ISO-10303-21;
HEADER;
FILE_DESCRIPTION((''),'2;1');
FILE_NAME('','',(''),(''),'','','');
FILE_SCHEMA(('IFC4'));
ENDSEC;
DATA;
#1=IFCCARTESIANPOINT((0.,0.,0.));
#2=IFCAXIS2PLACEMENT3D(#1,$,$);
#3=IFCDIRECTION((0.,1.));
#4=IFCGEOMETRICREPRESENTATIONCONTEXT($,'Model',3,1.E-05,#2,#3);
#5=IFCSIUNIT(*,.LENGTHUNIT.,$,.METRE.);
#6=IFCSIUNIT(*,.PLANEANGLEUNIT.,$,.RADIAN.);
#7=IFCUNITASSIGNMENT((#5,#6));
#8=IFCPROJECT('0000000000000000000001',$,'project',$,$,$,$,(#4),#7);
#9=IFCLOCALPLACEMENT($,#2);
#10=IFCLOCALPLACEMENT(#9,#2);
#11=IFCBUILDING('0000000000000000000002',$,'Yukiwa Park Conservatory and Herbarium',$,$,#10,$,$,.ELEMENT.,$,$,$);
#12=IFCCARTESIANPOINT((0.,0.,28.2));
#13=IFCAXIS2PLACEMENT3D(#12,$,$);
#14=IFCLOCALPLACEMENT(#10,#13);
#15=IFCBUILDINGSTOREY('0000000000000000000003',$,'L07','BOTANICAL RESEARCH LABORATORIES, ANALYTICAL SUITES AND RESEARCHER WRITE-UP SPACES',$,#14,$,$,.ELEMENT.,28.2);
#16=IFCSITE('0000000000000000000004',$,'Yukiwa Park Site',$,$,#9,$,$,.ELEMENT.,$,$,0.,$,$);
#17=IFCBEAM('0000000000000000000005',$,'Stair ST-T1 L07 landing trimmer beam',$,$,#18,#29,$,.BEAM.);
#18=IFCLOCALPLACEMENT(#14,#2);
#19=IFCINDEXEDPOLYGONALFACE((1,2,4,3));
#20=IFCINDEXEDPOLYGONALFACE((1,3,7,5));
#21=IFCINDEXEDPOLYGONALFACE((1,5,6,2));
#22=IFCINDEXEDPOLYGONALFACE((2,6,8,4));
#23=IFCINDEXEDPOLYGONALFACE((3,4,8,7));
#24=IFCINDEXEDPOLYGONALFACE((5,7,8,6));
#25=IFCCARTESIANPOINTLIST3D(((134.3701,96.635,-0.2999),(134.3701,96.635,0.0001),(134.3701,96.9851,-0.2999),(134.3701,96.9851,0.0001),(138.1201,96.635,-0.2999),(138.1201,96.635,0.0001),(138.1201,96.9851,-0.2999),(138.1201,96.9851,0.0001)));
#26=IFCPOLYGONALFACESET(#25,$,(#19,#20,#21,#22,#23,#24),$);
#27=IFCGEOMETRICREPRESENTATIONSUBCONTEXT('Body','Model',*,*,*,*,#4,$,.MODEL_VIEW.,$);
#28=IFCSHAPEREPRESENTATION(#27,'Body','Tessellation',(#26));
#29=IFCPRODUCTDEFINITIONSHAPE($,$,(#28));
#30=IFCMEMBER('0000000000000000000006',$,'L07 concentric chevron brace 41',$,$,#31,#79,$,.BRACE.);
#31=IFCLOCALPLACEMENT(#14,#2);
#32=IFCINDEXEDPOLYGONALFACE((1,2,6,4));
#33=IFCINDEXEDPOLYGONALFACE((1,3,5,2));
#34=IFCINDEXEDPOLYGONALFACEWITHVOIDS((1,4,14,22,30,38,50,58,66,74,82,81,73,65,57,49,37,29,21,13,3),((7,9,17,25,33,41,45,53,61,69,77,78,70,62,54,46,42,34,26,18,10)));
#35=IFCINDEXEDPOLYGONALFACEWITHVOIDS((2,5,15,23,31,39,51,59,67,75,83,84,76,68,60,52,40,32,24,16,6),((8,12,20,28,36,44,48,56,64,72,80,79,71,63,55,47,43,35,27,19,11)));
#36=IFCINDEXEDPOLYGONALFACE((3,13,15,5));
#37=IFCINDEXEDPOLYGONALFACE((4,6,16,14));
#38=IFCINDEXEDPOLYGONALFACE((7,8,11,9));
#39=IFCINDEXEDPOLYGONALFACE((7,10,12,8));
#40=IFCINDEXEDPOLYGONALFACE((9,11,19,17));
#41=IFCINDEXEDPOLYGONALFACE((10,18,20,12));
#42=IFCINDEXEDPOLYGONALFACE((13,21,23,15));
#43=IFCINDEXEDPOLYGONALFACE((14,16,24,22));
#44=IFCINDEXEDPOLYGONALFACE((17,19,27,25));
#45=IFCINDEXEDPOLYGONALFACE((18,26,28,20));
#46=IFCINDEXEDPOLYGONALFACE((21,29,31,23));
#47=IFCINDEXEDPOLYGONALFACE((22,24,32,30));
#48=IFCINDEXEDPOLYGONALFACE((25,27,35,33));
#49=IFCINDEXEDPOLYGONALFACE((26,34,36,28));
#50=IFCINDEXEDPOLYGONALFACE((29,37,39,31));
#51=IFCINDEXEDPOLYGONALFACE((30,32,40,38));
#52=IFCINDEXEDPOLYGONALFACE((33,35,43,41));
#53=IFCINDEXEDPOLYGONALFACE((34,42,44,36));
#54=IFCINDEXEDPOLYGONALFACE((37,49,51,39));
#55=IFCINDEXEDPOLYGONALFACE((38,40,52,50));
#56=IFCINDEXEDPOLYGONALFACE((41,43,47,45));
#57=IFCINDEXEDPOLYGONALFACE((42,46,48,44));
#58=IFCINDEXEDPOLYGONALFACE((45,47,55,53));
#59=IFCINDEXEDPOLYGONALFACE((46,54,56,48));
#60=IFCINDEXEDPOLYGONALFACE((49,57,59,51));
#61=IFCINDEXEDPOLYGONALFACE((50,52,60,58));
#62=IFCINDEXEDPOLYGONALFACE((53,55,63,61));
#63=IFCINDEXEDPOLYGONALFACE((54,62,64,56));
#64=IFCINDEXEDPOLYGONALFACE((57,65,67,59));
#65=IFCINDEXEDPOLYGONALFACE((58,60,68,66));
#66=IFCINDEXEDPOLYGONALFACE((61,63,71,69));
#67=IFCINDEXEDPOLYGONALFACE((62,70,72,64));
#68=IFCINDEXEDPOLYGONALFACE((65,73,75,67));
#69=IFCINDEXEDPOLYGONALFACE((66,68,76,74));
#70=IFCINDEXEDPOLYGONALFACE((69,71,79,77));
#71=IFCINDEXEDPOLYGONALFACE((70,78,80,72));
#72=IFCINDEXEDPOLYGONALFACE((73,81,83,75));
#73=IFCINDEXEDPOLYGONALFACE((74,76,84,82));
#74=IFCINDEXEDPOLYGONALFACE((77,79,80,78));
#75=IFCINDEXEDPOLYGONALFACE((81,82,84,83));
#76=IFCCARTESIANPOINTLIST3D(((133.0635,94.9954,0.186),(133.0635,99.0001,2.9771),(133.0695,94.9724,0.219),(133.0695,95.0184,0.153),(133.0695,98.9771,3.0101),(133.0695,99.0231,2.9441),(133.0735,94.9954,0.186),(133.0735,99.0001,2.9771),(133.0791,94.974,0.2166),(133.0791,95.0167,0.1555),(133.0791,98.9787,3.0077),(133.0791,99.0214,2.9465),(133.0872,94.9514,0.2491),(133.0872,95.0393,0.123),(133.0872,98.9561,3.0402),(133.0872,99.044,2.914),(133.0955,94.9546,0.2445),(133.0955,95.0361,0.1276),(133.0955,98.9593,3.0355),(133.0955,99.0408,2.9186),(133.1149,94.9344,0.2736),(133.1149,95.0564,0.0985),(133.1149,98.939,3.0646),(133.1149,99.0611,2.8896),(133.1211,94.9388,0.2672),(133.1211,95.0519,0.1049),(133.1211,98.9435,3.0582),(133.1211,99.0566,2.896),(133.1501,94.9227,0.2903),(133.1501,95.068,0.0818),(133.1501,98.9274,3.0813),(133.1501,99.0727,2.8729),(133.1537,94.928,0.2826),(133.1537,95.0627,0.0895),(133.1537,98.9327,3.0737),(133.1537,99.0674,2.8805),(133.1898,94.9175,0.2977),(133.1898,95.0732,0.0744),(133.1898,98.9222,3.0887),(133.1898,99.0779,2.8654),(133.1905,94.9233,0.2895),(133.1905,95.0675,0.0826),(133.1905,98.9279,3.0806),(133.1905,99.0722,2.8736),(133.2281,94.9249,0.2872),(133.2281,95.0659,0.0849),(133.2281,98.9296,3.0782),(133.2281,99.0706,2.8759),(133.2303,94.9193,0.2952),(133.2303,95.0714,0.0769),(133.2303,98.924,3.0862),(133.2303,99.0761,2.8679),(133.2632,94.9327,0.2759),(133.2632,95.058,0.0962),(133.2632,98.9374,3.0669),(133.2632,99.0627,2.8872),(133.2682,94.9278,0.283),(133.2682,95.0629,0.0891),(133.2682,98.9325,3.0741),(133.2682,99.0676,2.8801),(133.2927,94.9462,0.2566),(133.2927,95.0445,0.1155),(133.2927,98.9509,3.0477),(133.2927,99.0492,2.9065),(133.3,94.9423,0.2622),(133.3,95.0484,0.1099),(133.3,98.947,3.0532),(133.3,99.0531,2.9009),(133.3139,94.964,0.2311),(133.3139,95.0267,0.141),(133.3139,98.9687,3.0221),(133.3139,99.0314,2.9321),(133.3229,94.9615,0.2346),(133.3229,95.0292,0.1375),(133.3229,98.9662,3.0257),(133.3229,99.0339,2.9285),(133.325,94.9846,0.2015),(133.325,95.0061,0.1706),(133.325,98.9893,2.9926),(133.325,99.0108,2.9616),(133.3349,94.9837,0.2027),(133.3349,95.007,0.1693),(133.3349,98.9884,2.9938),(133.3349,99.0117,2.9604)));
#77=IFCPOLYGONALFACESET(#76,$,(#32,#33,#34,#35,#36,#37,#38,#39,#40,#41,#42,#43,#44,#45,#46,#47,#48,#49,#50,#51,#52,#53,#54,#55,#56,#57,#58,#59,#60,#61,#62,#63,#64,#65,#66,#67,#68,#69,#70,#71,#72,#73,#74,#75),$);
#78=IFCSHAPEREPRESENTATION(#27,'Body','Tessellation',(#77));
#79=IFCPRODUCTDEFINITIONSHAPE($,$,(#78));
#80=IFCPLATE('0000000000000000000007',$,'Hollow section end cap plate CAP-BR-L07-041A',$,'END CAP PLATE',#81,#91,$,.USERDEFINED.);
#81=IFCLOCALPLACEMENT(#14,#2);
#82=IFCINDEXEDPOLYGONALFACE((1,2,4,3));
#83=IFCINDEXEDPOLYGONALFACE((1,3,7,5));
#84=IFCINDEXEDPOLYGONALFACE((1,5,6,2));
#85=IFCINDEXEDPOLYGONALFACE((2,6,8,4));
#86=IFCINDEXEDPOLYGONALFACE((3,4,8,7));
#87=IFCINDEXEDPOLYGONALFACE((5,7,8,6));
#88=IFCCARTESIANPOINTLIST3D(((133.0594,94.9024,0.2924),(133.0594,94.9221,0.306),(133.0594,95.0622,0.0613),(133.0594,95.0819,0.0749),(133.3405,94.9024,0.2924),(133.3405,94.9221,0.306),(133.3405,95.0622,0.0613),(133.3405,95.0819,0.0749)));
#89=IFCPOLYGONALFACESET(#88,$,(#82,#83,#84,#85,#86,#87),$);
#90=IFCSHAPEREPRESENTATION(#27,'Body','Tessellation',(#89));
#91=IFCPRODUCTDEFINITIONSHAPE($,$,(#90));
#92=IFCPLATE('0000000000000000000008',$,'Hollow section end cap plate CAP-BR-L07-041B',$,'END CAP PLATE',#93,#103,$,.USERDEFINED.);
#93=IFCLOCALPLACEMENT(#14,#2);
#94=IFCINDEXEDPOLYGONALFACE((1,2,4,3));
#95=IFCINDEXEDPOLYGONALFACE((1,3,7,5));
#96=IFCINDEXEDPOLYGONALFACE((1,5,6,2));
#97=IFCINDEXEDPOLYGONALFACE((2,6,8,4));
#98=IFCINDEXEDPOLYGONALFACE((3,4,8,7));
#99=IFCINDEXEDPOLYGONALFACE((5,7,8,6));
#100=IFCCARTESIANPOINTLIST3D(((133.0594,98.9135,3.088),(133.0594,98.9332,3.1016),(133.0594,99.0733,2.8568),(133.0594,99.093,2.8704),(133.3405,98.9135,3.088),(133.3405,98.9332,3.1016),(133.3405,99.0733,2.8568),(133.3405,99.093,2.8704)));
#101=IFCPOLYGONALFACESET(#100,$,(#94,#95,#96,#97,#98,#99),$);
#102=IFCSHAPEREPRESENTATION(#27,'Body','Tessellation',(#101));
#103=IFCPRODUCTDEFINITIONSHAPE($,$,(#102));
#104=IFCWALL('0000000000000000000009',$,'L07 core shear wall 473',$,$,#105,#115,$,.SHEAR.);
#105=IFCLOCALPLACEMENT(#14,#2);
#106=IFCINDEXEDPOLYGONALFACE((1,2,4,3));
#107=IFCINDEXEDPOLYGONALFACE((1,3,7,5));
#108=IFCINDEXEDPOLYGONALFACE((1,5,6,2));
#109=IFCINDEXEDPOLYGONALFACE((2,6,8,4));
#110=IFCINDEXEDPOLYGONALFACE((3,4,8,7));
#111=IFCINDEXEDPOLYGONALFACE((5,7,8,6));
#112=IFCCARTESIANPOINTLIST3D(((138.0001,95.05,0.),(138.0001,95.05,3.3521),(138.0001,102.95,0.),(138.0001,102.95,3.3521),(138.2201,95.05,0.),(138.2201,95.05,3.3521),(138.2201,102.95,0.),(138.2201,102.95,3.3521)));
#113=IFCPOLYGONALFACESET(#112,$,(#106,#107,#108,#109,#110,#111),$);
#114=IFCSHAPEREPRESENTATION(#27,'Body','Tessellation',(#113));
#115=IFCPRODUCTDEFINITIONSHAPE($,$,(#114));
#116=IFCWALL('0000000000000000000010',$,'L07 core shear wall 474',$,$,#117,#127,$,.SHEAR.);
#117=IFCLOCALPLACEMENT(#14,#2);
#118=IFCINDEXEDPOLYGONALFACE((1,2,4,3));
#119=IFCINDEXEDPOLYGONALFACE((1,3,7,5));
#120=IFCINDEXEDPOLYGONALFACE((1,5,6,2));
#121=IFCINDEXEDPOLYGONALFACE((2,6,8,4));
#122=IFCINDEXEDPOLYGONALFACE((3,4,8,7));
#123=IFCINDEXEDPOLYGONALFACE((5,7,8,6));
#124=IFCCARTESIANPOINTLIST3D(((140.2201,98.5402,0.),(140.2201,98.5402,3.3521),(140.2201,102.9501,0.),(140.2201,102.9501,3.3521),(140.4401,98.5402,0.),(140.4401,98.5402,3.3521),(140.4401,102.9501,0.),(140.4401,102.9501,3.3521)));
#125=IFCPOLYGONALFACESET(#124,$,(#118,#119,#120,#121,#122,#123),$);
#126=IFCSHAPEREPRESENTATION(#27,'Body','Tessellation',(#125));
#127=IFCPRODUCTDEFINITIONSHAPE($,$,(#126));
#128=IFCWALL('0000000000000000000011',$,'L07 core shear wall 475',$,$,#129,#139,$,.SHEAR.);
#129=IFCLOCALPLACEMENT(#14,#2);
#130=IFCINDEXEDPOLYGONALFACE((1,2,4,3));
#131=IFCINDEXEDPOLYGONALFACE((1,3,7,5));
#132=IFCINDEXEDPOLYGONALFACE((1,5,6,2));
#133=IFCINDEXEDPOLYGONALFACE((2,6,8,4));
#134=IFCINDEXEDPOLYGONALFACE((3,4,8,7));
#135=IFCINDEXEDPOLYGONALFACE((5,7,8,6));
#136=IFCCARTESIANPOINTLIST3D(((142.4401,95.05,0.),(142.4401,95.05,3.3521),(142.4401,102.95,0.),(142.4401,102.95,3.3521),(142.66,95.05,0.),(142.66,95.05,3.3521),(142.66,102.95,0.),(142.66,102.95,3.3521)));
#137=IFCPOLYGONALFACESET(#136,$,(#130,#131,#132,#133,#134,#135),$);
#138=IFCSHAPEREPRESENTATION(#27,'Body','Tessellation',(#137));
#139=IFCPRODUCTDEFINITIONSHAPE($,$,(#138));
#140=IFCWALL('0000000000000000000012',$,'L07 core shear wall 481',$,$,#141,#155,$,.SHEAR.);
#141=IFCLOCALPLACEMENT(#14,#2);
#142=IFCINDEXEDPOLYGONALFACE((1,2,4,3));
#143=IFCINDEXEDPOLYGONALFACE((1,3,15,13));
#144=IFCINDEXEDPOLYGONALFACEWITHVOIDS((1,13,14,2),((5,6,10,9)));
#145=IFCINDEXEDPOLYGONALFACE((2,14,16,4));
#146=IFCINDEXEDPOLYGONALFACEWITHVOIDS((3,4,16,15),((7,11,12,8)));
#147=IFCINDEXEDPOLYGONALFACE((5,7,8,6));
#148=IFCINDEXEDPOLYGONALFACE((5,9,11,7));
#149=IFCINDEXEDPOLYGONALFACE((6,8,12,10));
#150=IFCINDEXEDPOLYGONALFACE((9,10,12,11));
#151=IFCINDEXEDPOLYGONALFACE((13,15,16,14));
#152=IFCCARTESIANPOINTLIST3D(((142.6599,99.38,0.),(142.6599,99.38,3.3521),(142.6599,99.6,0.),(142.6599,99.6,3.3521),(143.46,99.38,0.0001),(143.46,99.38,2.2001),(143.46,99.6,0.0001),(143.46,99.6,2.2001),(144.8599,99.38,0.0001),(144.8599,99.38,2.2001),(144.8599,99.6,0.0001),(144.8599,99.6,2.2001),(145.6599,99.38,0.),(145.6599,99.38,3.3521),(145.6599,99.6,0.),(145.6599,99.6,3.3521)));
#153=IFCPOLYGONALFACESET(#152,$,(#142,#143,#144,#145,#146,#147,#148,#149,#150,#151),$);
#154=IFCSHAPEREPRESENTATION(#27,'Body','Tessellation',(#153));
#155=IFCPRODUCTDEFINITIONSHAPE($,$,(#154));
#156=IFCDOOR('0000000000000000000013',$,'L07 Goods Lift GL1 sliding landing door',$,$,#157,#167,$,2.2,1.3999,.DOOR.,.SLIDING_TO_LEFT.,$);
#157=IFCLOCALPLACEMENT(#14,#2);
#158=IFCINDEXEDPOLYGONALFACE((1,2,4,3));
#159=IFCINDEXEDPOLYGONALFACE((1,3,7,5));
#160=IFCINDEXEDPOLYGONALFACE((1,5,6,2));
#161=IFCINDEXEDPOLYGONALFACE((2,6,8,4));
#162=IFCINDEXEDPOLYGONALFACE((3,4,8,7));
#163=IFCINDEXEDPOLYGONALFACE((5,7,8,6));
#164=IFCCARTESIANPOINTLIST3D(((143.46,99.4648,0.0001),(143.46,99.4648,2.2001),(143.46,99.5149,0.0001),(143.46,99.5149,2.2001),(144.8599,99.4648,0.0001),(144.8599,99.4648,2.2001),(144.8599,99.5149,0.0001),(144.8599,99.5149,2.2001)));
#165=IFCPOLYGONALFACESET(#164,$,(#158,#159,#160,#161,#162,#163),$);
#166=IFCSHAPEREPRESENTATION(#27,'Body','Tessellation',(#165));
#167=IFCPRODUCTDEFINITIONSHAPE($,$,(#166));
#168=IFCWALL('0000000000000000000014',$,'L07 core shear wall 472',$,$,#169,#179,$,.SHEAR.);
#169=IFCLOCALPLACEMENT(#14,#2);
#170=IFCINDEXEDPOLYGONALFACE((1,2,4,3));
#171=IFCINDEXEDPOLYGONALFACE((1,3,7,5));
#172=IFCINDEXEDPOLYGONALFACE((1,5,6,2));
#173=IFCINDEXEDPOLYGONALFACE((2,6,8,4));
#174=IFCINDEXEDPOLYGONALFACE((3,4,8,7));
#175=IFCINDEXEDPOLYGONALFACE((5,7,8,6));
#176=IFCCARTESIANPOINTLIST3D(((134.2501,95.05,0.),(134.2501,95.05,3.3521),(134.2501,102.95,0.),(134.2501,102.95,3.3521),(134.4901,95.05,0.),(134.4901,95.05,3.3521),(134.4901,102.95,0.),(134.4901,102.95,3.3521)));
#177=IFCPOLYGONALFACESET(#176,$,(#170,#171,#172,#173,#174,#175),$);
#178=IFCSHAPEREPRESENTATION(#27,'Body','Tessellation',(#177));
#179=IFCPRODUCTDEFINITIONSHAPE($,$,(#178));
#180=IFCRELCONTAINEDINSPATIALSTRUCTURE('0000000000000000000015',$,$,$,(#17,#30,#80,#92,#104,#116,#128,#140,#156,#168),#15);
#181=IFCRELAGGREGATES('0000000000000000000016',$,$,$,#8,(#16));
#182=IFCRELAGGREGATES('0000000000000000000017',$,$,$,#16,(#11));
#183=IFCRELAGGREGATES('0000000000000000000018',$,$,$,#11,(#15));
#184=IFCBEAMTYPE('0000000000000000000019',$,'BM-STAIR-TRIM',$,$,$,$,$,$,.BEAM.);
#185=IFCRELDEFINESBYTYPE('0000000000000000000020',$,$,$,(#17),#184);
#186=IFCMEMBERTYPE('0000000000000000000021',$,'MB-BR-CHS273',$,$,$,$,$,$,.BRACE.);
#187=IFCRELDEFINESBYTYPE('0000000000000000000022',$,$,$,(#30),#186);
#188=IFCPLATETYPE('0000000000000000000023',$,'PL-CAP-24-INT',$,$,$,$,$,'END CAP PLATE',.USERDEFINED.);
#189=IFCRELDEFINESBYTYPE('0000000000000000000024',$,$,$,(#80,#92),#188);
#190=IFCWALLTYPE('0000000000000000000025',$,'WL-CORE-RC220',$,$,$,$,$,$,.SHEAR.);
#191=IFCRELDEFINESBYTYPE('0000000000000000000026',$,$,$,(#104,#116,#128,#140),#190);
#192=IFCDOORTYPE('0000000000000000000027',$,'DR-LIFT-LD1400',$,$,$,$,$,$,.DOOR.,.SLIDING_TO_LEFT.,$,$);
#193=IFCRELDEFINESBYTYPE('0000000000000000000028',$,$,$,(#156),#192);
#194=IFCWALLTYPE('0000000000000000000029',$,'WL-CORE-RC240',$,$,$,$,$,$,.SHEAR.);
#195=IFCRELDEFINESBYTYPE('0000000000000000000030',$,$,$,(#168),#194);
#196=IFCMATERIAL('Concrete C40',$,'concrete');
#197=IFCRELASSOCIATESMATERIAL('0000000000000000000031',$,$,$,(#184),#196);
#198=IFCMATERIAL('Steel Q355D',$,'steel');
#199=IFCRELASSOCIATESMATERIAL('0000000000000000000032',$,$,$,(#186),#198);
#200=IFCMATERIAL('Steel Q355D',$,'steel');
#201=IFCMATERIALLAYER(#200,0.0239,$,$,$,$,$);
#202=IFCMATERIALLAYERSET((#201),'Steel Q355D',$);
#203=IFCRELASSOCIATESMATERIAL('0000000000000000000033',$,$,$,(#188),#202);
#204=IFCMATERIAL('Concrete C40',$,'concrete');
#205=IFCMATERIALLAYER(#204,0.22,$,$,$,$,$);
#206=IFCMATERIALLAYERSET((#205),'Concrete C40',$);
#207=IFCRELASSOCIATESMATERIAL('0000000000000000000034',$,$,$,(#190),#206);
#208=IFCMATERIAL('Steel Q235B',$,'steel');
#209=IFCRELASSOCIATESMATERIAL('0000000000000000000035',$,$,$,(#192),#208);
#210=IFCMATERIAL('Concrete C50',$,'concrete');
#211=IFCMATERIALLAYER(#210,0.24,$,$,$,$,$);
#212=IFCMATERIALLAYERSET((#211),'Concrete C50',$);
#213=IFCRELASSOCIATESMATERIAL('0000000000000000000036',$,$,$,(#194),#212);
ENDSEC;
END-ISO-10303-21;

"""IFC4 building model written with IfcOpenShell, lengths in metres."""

from ifc_helpers import new_model, si_unit, direction, frame, frame_2d, origin, origin_2d, place, context, subcontext, project, spatial, rectangle, hollow_circle, extrude, material, layer, layer_set, material_profile, profile_set, type_object, element, fill, save


model = new_model("IFC4")

# Units and contexts
model_context = context("Model", 3, precision=1e-05, world=origin(), true_north=direction((0.0, 1.0)))
body_context = subcontext(model_context, "Body", "Model", "MODEL_VIEW")
ifc_project = project(units=[si_unit("LENGTHUNIT", "METRE"), si_unit("PLANEANGLEUNIT", "RADIAN")], contexts=[model_context])

# Site, building, storey
site_placement = place(None, origin())
site = spatial("IfcSite", under=ifc_project, at=site_placement, Name="Yukiwa Park Site", CompositionType="ELEMENT", RefElevation=0.0)
building_placement = place(site_placement, origin())
building = spatial("IfcBuilding", under=site, at=building_placement, Name="Yukiwa Park Conservatory and Herbarium", CompositionType="ELEMENT")
storey_placement = place(building_placement, frame((0.0, 0.0, 28.2)))
storey = spatial("IfcBuildingStorey", under=building, at=storey_placement, Name="L07", Description="BOTANICAL RESEARCH LABORATORIES, ANALYTICAL SUITES AND RESEARCHER WRITE-UP SPACES", CompositionType="ELEMENT", Elevation=28.2)

# Beam
ifc_material_1 = material(Name="Concrete C40", Category="concrete")
ifc_material_profile_1 = material_profile(ifc_material_1, rectangle(XDim=0.3501, YDim=0.3, at=origin_2d()), Name="RC 350x300")
ifc_profile_set_1 = profile_set([ifc_material_profile_1], Name="Concrete C40")
beam_type_1 = type_object("IfcBeamType", Name="BM-STAIR-TRIM", PredefinedType="BEAM", material=ifc_profile_set_1)
beam_1_placement = place(storey_placement, frame((134.3701, 96.8101, -0.1499), z_axis=(1.0, 0.0, 0.0), x_axis=(0.0, 1.0, 0.0)))
element("IfcBeam", 1, at=beam_1_placement, inside=storey, type_object=beam_type_1, Name="Stair ST-T1 L07 landing trimmer beam", PredefinedType="BEAM", context=body_context, shape_type="SweptSolid", body=[
    extrude(rectangle(XDim=0.3501, YDim=0.3, at=origin_2d()), origin(), (0.0, 0.0, 1.0), 3.75),
])

# Member
ifc_material_2 = material(Name="Steel Q355D", Category="steel")
ifc_material_profile_2 = material_profile(ifc_material_2, hollow_circle(Radius=0.1365, WallThickness=0.01, at=origin_2d()), Name="CHS 273x10")
ifc_profile_set_2 = profile_set([ifc_material_profile_2], Name="Steel Q355D")
member_type = type_object("IfcMemberType", Name="MB-BR-CHS273", PredefinedType="BRACE", material=ifc_profile_set_2)
member_placement = place(storey_placement, frame((133.2, 94.9954, 0.186), z_axis=(0.0, 0.820407, 0.571779), x_axis=(-1.0, 0.0, 0.0)))
element("IfcMember", 2, at=member_placement, inside=storey, type_object=member_type, Name="L07 concentric chevron brace 41", PredefinedType="BRACE", context=body_context, shape_type="SweptSolid", body=[
    extrude(hollow_circle(Radius=0.1365, WallThickness=0.01, at=origin_2d()), origin(), (0.0, 0.0, 1.0), 4.8813),
])

# Plates
ifc_material_3 = material(Name="Steel Q355D", Category="steel")
ifc_layer_1 = layer(ifc_material_3, 0.0239)
ifc_layer_set_1 = layer_set([ifc_layer_1], Name="Steel Q355D")
plate_type = type_object("IfcPlateType", Name="PL-CAP-24-INT", ElementType="END CAP PLATE", PredefinedType="USERDEFINED", material=ifc_layer_set_1)
for number, where, z_axis, x_axis, name in (
    (3, (133.2, 95.002, 0.1904), (0.0, -0.822558, -0.568682), (1.0, 0.0, 0.0), "Hollow section end cap plate CAP-BR-L07-041A"),
    (4, (133.2, 98.9934, 2.9724), (0.0, 0.822558, 0.568682), (-1.0, 0.0, 0.0), "Hollow section end cap plate CAP-BR-L07-041B"),
):
    element("IfcPlate", number, at=place(storey_placement, frame(where, z_axis=z_axis, x_axis=x_axis)), inside=storey, type_object=plate_type, Name=name, ObjectType="END CAP PLATE", PredefinedType="USERDEFINED", context=body_context, shape_type="SweptSolid", body=[
        extrude(rectangle(XDim=0.281, YDim=0.281, at=origin_2d()), origin(), (0.0, 0.0, 1.0), 0.0239),
    ])

# Walls
ifc_material_4 = material(Name="Concrete C40", Category="concrete")
ifc_layer_2 = layer(ifc_material_4, 0.22)
ifc_layer_set_2 = layer_set([ifc_layer_2], Name="Concrete C40")
wall_type_1 = type_object("IfcWallType", Name="WL-CORE-RC220", PredefinedType="SHEAR", material=ifc_layer_set_2)
wall_1_placement = place(storey_placement, frame((138.1101, 95.05, 0.0), z_axis=(0.0, 0.0, 1.0), x_axis=(0.0, 1.0, 0.0)))
element("IfcWall", 5, at=wall_1_placement, inside=storey, type_object=wall_type_1, Name="L07 core shear wall 473", PredefinedType="SHEAR", context=body_context, shape_type="SweptSolid", body=[
    extrude(rectangle(XDim=7.8999, YDim=0.22, at=frame_2d((3.95, 0.0))), origin(), (0.0, 0.0, 1.0), 3.3521),
])
wall_2_placement = place(storey_placement, frame((140.3301, 98.54, 0.0), z_axis=(0.0, 0.0, 1.0), x_axis=(0.0, 1.0, 0.0)))
element("IfcWall", 6, at=wall_2_placement, inside=storey, type_object=wall_type_1, Name="L07 core shear wall 474", PredefinedType="SHEAR", context=body_context, shape_type="SweptSolid", body=[
    extrude(rectangle(XDim=4.4099, YDim=0.22, at=frame_2d((2.2051, 0.0))), origin(), (0.0, 0.0, 1.0), 3.3521),
])
wall_3_placement = place(storey_placement, frame((142.55, 95.05, 0.0), z_axis=(0.0, 0.0, 1.0), x_axis=(0.0, 1.0, 0.0)))
element("IfcWall", 7, at=wall_3_placement, inside=storey, type_object=wall_type_1, Name="L07 core shear wall 475", PredefinedType="SHEAR", context=body_context, shape_type="SweptSolid", body=[
    extrude(rectangle(XDim=7.8999, YDim=0.22, at=frame_2d((3.95, 0.0))), origin(), (0.0, 0.0, 1.0), 3.3521),
])

# Wall, opening, door
wall_4_placement = place(storey_placement, frame((142.6599, 99.49, 0.0), z_axis=(0.0, 0.0, 1.0), x_axis=(1.0, 0.0, 0.0)))
wall_4 = element("IfcWall", 8, at=wall_4_placement, inside=storey, type_object=wall_type_1, Name="L07 core shear wall 481", PredefinedType="SHEAR", context=body_context, shape_type="SweptSolid", body=[
    extrude(rectangle(XDim=3.0, YDim=0.22, at=frame_2d((1.5, 0.0))), origin(), (0.0, 0.0, 1.0), 3.3521),
])
opening_1_placement = place(wall_4_placement, frame((0.8, 0.0, 0.0)))
opening_1 = element("IfcOpeningElement", 9, at=opening_1_placement, cuts=wall_4, PredefinedType="OPENING", context=body_context, shape_type="SweptSolid", body=[
    extrude(rectangle(XDim=1.3999, YDim=2.2, at=frame_2d((0.7, 1.1001))), frame((0.0, 0.1201, 0.0), z_axis=(0.0, -1.0, 0.0), x_axis=(1.0, 0.0, 0.0)), (0.0, 0.0, 1.0), 0.24),
])
ifc_material_5 = material(Name="Steel Q235B", Category="steel")
door_type_1 = type_object("IfcDoorType", Name="DR-LIFT-LD1400", OperationType="SLIDING_TO_LEFT", PredefinedType="DOOR", material=ifc_material_5)
door_1_placement = place(opening_1_placement, origin())
door_1 = element("IfcDoor", 10, at=door_1_placement, inside=storey, type_object=door_type_1, Name="L07 Goods Lift GL1 sliding landing door", OperationType="SLIDING_TO_LEFT", OverallHeight=2.2, OverallWidth=1.3999, PredefinedType="DOOR", context=body_context, shape_type="SweptSolid", body=[
    extrude(rectangle(XDim=1.3999, YDim=2.2, at=frame_2d((0.7, 1.1001))), frame((0.0, 0.0249, 0.0), z_axis=(0.0, -1.0, 0.0), x_axis=(1.0, 0.0, 0.0)), (0.0, 0.0, 1.0), 0.05),
])
fill(opening_1, door_1)

# Shared definitions
ifc_material_6 = material(Name="Concrete C50", Category="concrete")
ifc_layer_3 = layer(ifc_material_6, 0.24)
ifc_layer_set_3 = layer_set([ifc_layer_3], Name="Concrete C50")
wall_type_2 = type_object("IfcWallType", Name="WL-CORE-RC240", PredefinedType="SHEAR", material=ifc_layer_set_3)

# Wall
for number, where, z_axis, x_axis, name in (
    (11, (134.3701, 95.05, 0.0), (0.0, 0.0, 1.0), (0.0, 1.0, 0.0), "L07 core shear wall 472"),
):
    element("IfcWall", number, at=place(storey_placement, frame(where, z_axis=z_axis, x_axis=x_axis)), inside=storey, type_object=wall_type_2, Name=name, PredefinedType="SHEAR", context=body_context, shape_type="SweptSolid", body=[
        extrude(rectangle(XDim=7.8999, YDim=0.24, at=frame_2d((3.95, 0.0))), origin(), (0.0, 0.0, 1.0), 3.3521),
    ])

save(model, "model.ifc")
